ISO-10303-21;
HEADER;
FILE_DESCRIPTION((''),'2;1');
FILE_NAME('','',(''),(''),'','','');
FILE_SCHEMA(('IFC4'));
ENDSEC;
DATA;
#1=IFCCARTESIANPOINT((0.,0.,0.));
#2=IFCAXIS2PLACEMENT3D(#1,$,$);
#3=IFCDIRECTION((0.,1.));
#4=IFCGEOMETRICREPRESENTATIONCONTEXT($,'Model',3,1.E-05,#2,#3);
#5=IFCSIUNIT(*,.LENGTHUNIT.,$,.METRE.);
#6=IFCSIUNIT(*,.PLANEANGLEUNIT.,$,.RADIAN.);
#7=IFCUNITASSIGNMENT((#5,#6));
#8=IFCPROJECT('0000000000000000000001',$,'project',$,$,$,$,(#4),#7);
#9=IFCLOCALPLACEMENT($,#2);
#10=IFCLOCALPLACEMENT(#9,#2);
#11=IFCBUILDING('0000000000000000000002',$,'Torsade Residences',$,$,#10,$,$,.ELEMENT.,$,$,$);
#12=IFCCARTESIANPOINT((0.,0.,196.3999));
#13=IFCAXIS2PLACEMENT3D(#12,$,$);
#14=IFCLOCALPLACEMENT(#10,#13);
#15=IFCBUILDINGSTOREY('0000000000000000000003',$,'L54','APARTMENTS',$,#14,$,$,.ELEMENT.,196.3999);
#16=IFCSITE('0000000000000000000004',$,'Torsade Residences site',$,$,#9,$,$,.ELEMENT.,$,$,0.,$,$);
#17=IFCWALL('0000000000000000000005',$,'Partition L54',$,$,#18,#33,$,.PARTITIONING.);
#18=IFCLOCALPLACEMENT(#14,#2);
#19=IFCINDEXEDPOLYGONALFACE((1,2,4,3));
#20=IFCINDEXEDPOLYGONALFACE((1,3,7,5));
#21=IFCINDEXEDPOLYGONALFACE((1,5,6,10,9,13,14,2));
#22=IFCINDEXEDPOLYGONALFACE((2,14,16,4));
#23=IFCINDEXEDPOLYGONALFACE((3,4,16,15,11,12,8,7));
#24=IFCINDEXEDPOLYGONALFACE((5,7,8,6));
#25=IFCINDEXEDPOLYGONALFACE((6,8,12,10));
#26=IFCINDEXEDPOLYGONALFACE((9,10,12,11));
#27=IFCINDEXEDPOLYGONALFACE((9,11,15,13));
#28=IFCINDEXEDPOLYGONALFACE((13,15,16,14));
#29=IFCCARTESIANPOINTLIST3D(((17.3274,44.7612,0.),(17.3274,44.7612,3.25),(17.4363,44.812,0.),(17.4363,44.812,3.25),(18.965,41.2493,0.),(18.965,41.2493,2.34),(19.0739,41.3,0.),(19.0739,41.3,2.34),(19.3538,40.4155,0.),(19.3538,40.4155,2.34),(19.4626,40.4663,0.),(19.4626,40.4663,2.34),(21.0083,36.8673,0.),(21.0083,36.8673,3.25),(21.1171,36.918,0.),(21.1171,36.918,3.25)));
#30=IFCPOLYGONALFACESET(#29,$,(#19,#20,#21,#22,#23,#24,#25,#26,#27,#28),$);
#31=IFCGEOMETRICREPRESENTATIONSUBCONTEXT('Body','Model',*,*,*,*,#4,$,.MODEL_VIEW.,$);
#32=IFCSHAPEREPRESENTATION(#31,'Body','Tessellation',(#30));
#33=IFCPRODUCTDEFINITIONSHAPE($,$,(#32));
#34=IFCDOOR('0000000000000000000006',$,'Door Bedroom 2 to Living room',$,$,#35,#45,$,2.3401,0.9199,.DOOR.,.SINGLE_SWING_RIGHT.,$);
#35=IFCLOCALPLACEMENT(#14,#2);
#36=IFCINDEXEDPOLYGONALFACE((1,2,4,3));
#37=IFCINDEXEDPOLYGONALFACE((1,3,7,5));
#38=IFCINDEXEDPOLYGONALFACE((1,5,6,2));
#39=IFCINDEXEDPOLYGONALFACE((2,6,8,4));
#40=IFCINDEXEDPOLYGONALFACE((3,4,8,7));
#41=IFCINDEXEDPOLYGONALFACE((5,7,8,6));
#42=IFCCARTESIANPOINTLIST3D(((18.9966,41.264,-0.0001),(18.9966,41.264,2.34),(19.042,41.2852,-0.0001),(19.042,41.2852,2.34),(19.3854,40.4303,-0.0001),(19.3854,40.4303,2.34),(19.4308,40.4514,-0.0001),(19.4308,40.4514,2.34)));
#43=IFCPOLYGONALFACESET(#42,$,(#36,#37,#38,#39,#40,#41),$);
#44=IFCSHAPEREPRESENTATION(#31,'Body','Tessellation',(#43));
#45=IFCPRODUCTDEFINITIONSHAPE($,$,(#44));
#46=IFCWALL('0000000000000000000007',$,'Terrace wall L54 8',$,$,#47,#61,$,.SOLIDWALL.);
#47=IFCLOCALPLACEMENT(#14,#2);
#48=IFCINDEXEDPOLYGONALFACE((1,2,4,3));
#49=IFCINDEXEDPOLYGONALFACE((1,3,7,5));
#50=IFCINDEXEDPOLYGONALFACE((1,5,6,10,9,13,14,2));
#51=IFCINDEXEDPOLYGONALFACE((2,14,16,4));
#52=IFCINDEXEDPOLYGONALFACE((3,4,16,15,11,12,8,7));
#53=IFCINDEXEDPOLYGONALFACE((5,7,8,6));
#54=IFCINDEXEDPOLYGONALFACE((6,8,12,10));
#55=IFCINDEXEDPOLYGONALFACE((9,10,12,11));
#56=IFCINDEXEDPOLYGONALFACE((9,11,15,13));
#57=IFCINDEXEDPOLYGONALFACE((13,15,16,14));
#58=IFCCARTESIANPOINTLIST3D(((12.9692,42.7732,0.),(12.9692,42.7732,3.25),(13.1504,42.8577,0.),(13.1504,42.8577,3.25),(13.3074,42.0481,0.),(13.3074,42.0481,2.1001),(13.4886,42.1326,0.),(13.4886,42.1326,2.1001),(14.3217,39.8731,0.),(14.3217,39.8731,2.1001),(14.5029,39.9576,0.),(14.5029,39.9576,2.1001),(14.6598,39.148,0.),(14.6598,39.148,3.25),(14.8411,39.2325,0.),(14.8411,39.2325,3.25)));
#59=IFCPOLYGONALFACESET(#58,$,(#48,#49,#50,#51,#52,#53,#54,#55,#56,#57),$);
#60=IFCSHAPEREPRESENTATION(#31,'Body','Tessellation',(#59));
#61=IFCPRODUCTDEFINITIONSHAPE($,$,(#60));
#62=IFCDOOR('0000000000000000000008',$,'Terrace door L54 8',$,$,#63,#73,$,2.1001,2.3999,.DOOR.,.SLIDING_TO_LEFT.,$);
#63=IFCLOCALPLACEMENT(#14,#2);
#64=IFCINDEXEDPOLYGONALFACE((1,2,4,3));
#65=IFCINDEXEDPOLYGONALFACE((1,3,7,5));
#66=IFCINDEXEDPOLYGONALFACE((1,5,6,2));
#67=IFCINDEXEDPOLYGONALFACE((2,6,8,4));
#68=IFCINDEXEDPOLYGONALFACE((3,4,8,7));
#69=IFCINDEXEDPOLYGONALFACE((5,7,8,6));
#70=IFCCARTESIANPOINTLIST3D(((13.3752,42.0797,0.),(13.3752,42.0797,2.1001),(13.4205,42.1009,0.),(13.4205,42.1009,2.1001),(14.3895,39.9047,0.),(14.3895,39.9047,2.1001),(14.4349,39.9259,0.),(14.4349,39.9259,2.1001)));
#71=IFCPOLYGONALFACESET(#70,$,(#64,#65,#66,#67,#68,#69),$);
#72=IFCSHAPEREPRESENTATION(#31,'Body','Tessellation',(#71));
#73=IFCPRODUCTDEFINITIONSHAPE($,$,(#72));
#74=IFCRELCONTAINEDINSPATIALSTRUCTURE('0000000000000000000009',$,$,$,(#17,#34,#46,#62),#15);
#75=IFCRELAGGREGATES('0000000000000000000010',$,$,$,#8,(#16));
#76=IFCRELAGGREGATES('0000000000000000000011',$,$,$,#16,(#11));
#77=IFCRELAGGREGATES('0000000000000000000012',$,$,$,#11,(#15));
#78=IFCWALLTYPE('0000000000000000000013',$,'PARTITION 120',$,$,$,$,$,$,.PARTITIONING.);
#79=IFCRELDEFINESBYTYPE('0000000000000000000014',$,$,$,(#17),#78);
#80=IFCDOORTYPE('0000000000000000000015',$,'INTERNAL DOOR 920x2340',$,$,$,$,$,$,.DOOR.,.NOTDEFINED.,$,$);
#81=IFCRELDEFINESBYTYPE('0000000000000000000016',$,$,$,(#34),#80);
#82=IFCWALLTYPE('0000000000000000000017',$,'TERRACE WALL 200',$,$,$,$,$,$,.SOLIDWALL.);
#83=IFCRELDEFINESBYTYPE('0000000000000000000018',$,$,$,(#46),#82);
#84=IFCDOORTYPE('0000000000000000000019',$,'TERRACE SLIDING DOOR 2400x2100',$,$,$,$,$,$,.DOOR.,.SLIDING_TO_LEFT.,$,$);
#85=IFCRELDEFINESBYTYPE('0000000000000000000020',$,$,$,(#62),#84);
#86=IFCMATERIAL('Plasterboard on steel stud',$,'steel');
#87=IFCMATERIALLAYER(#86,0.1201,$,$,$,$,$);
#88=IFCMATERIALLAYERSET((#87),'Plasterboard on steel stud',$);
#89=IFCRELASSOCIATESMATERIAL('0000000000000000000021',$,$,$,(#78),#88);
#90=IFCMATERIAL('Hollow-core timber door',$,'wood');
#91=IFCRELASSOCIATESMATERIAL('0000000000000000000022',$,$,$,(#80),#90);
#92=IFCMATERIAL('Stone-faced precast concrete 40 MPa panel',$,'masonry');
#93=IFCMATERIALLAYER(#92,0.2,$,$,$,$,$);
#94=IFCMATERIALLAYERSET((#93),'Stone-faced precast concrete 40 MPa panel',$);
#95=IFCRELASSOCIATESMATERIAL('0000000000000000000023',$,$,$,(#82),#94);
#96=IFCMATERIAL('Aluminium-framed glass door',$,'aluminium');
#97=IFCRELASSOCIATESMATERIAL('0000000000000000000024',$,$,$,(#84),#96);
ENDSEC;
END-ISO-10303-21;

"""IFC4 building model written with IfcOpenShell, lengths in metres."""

from ifc_helpers import new_model, si_unit, direction, frame, frame_2d, origin, place, context, subcontext, project, spatial, rectangle, extrude, material, layer, layer_set, type_object, element, fill, save


model = new_model("IFC4")

# Units and contexts
model_context = context("Model", 3, precision=1e-05, world=origin(), true_north=direction((0.0, 1.0)))
body_context = subcontext(model_context, "Body", "Model", "MODEL_VIEW")
ifc_project = project(units=[si_unit("LENGTHUNIT", "METRE"), si_unit("PLANEANGLEUNIT", "RADIAN")], contexts=[model_context])

# Site, building, storey
site_placement = place(None, origin())
site = spatial("IfcSite", under=ifc_project, at=site_placement, Name="Torsade Residences site", CompositionType="ELEMENT", RefElevation=0.0)
building_placement = place(site_placement, origin())
building = spatial("IfcBuilding", under=site, at=building_placement, Name="Torsade Residences", CompositionType="ELEMENT")
storey_placement = place(building_placement, frame((0.0, 0.0, 196.3999)))
storey = spatial("IfcBuildingStorey", under=building, at=storey_placement, Name="L54", Description="APARTMENTS", CompositionType="ELEMENT", Elevation=196.3999)

# Walls, openings, doors
ifc_material_1 = material(Name="Plasterboard on steel stud", Category="steel")
ifc_layer_1 = layer(ifc_material_1, 0.1201)
ifc_layer_set_1 = layer_set([ifc_layer_1], Name="Plasterboard on steel stud")
wall_type_1 = type_object("IfcWallType", Name="PARTITION 120", PredefinedType="PARTITIONING", material=ifc_layer_set_1)
wall_1_placement = place(storey_placement, frame((17.3818, 44.7866, 0.0), z_axis=(0.0, 0.0, 1.0), x_axis=(0.422605, -0.906314, 0.0)))
wall_1 = element("IfcWall", 1, at=wall_1_placement, inside=storey, type_object=wall_type_1, Name="Partition L54", PredefinedType="PARTITIONING", context=body_context, shape_type="SweptSolid", body=[
    extrude(rectangle(XDim=8.71, YDim=0.1201, at=frame_2d((4.355, 0.0))), origin(), (0.0, 0.0, 1.0), 3.25),
])
opening_1_placement = place(wall_1_placement, frame((3.875, 0.0, 0.0)))
opening_1 = element("IfcOpeningElement", 2, at=opening_1_placement, cuts=wall_1, PredefinedType="OPENING", context=body_context, shape_type="SweptSolid", body=[
    extrude(rectangle(XDim=0.9199, YDim=2.3401, at=frame_2d((0.46, 1.1699))), frame((0.0, 0.0701, 0.0), z_axis=(0.0, -1.0, 0.0), x_axis=(1.0, 0.0, 0.0)), (0.0, 0.0, 1.0), 0.1401),
])
ifc_material_2 = material(Name="Hollow-core timber door", Category="wood")
door_type_1 = type_object("IfcDoorType", Name="INTERNAL DOOR 920x2340", OperationType="NOTDEFINED", PredefinedType="DOOR", material=ifc_material_2)
door_1_placement = place(opening_1_placement, origin())
door_1 = element("IfcDoor", 3, at=door_1_placement, inside=storey, type_object=door_type_1, Name="Door Bedroom 2 to Living room", OperationType="SINGLE_SWING_RIGHT", OverallHeight=2.3401, OverallWidth=0.9199, PredefinedType="DOOR", context=body_context, shape_type="SweptSolid", body=[
    extrude(rectangle(XDim=0.9199, YDim=2.3401, at=frame_2d((0.46, 1.1699))), frame((0.0, 0.0249, 0.0), z_axis=(0.0, -1.0, 0.0), x_axis=(1.0, 0.0, 0.0)), (0.0, 0.0, 1.0), 0.05),
])
fill(opening_1, door_1)
ifc_material_3 = material(Name="Stone-faced precast concrete 40 MPa panel", Category="masonry")
ifc_layer_2 = layer(ifc_material_3, 0.2)
ifc_layer_set_2 = layer_set([ifc_layer_2], Name="Stone-faced precast concrete 40 MPa panel")
wall_type_2 = type_object("IfcWallType", Name="TERRACE WALL 200", PredefinedType="SOLIDWALL", material=ifc_layer_set_2)
wall_2_placement = place(storey_placement, frame((13.0598, 42.8154, 0.0), z_axis=(0.0, 0.0, 1.0), x_axis=(0.422658, -0.906289, 0.0)))
wall_2 = element("IfcWall", 4, at=wall_2_placement, inside=storey, type_object=wall_type_2, Name="Terrace wall L54 8", PredefinedType="SOLIDWALL", context=body_context, shape_type="SweptSolid", body=[
    extrude(rectangle(XDim=4.0, YDim=0.2, at=frame_2d((2.0, 0.0))), origin(), (0.0, 0.0, 1.0), 3.25),
])
opening_2_placement = place(wall_2_placement, frame((0.8, 0.0, 0.0)))
opening_2 = element("IfcOpeningElement", 5, at=opening_2_placement, cuts=wall_2, PredefinedType="OPENING", context=body_context, shape_type="SweptSolid", body=[
    extrude(rectangle(XDim=2.3999, YDim=2.1001, at=frame_2d((1.2, 1.05))), frame((0.0, 0.1099, 0.0), z_axis=(0.0, -1.0, 0.0), x_axis=(1.0, 0.0, 0.0)), (0.0, 0.0, 1.0), 0.22),
])
ifc_material_4 = material(Name="Aluminium-framed glass door", Category="aluminium")
door_type_2 = type_object("IfcDoorType", Name="TERRACE SLIDING DOOR 2400x2100", OperationType="SLIDING_TO_LEFT", PredefinedType="DOOR", material=ifc_material_4)
door_2_placement = place(opening_2_placement, origin())
door_2 = element("IfcDoor", 6, at=door_2_placement, inside=storey, type_object=door_type_2, Name="Terrace door L54 8", OperationType="SLIDING_TO_LEFT", OverallHeight=2.1001, OverallWidth=2.3999, PredefinedType="DOOR", context=body_context, shape_type="SweptSolid", body=[
    extrude(rectangle(XDim=2.3999, YDim=2.1001, at=frame_2d((1.2, 1.05))), frame((0.0, 0.0249, 0.0), z_axis=(0.0, -1.0, 0.0), x_axis=(1.0, 0.0, 0.0)), (0.0, 0.0, 1.0), 0.05),
])
fill(opening_2, door_2)

save(model, "model.ifc")
